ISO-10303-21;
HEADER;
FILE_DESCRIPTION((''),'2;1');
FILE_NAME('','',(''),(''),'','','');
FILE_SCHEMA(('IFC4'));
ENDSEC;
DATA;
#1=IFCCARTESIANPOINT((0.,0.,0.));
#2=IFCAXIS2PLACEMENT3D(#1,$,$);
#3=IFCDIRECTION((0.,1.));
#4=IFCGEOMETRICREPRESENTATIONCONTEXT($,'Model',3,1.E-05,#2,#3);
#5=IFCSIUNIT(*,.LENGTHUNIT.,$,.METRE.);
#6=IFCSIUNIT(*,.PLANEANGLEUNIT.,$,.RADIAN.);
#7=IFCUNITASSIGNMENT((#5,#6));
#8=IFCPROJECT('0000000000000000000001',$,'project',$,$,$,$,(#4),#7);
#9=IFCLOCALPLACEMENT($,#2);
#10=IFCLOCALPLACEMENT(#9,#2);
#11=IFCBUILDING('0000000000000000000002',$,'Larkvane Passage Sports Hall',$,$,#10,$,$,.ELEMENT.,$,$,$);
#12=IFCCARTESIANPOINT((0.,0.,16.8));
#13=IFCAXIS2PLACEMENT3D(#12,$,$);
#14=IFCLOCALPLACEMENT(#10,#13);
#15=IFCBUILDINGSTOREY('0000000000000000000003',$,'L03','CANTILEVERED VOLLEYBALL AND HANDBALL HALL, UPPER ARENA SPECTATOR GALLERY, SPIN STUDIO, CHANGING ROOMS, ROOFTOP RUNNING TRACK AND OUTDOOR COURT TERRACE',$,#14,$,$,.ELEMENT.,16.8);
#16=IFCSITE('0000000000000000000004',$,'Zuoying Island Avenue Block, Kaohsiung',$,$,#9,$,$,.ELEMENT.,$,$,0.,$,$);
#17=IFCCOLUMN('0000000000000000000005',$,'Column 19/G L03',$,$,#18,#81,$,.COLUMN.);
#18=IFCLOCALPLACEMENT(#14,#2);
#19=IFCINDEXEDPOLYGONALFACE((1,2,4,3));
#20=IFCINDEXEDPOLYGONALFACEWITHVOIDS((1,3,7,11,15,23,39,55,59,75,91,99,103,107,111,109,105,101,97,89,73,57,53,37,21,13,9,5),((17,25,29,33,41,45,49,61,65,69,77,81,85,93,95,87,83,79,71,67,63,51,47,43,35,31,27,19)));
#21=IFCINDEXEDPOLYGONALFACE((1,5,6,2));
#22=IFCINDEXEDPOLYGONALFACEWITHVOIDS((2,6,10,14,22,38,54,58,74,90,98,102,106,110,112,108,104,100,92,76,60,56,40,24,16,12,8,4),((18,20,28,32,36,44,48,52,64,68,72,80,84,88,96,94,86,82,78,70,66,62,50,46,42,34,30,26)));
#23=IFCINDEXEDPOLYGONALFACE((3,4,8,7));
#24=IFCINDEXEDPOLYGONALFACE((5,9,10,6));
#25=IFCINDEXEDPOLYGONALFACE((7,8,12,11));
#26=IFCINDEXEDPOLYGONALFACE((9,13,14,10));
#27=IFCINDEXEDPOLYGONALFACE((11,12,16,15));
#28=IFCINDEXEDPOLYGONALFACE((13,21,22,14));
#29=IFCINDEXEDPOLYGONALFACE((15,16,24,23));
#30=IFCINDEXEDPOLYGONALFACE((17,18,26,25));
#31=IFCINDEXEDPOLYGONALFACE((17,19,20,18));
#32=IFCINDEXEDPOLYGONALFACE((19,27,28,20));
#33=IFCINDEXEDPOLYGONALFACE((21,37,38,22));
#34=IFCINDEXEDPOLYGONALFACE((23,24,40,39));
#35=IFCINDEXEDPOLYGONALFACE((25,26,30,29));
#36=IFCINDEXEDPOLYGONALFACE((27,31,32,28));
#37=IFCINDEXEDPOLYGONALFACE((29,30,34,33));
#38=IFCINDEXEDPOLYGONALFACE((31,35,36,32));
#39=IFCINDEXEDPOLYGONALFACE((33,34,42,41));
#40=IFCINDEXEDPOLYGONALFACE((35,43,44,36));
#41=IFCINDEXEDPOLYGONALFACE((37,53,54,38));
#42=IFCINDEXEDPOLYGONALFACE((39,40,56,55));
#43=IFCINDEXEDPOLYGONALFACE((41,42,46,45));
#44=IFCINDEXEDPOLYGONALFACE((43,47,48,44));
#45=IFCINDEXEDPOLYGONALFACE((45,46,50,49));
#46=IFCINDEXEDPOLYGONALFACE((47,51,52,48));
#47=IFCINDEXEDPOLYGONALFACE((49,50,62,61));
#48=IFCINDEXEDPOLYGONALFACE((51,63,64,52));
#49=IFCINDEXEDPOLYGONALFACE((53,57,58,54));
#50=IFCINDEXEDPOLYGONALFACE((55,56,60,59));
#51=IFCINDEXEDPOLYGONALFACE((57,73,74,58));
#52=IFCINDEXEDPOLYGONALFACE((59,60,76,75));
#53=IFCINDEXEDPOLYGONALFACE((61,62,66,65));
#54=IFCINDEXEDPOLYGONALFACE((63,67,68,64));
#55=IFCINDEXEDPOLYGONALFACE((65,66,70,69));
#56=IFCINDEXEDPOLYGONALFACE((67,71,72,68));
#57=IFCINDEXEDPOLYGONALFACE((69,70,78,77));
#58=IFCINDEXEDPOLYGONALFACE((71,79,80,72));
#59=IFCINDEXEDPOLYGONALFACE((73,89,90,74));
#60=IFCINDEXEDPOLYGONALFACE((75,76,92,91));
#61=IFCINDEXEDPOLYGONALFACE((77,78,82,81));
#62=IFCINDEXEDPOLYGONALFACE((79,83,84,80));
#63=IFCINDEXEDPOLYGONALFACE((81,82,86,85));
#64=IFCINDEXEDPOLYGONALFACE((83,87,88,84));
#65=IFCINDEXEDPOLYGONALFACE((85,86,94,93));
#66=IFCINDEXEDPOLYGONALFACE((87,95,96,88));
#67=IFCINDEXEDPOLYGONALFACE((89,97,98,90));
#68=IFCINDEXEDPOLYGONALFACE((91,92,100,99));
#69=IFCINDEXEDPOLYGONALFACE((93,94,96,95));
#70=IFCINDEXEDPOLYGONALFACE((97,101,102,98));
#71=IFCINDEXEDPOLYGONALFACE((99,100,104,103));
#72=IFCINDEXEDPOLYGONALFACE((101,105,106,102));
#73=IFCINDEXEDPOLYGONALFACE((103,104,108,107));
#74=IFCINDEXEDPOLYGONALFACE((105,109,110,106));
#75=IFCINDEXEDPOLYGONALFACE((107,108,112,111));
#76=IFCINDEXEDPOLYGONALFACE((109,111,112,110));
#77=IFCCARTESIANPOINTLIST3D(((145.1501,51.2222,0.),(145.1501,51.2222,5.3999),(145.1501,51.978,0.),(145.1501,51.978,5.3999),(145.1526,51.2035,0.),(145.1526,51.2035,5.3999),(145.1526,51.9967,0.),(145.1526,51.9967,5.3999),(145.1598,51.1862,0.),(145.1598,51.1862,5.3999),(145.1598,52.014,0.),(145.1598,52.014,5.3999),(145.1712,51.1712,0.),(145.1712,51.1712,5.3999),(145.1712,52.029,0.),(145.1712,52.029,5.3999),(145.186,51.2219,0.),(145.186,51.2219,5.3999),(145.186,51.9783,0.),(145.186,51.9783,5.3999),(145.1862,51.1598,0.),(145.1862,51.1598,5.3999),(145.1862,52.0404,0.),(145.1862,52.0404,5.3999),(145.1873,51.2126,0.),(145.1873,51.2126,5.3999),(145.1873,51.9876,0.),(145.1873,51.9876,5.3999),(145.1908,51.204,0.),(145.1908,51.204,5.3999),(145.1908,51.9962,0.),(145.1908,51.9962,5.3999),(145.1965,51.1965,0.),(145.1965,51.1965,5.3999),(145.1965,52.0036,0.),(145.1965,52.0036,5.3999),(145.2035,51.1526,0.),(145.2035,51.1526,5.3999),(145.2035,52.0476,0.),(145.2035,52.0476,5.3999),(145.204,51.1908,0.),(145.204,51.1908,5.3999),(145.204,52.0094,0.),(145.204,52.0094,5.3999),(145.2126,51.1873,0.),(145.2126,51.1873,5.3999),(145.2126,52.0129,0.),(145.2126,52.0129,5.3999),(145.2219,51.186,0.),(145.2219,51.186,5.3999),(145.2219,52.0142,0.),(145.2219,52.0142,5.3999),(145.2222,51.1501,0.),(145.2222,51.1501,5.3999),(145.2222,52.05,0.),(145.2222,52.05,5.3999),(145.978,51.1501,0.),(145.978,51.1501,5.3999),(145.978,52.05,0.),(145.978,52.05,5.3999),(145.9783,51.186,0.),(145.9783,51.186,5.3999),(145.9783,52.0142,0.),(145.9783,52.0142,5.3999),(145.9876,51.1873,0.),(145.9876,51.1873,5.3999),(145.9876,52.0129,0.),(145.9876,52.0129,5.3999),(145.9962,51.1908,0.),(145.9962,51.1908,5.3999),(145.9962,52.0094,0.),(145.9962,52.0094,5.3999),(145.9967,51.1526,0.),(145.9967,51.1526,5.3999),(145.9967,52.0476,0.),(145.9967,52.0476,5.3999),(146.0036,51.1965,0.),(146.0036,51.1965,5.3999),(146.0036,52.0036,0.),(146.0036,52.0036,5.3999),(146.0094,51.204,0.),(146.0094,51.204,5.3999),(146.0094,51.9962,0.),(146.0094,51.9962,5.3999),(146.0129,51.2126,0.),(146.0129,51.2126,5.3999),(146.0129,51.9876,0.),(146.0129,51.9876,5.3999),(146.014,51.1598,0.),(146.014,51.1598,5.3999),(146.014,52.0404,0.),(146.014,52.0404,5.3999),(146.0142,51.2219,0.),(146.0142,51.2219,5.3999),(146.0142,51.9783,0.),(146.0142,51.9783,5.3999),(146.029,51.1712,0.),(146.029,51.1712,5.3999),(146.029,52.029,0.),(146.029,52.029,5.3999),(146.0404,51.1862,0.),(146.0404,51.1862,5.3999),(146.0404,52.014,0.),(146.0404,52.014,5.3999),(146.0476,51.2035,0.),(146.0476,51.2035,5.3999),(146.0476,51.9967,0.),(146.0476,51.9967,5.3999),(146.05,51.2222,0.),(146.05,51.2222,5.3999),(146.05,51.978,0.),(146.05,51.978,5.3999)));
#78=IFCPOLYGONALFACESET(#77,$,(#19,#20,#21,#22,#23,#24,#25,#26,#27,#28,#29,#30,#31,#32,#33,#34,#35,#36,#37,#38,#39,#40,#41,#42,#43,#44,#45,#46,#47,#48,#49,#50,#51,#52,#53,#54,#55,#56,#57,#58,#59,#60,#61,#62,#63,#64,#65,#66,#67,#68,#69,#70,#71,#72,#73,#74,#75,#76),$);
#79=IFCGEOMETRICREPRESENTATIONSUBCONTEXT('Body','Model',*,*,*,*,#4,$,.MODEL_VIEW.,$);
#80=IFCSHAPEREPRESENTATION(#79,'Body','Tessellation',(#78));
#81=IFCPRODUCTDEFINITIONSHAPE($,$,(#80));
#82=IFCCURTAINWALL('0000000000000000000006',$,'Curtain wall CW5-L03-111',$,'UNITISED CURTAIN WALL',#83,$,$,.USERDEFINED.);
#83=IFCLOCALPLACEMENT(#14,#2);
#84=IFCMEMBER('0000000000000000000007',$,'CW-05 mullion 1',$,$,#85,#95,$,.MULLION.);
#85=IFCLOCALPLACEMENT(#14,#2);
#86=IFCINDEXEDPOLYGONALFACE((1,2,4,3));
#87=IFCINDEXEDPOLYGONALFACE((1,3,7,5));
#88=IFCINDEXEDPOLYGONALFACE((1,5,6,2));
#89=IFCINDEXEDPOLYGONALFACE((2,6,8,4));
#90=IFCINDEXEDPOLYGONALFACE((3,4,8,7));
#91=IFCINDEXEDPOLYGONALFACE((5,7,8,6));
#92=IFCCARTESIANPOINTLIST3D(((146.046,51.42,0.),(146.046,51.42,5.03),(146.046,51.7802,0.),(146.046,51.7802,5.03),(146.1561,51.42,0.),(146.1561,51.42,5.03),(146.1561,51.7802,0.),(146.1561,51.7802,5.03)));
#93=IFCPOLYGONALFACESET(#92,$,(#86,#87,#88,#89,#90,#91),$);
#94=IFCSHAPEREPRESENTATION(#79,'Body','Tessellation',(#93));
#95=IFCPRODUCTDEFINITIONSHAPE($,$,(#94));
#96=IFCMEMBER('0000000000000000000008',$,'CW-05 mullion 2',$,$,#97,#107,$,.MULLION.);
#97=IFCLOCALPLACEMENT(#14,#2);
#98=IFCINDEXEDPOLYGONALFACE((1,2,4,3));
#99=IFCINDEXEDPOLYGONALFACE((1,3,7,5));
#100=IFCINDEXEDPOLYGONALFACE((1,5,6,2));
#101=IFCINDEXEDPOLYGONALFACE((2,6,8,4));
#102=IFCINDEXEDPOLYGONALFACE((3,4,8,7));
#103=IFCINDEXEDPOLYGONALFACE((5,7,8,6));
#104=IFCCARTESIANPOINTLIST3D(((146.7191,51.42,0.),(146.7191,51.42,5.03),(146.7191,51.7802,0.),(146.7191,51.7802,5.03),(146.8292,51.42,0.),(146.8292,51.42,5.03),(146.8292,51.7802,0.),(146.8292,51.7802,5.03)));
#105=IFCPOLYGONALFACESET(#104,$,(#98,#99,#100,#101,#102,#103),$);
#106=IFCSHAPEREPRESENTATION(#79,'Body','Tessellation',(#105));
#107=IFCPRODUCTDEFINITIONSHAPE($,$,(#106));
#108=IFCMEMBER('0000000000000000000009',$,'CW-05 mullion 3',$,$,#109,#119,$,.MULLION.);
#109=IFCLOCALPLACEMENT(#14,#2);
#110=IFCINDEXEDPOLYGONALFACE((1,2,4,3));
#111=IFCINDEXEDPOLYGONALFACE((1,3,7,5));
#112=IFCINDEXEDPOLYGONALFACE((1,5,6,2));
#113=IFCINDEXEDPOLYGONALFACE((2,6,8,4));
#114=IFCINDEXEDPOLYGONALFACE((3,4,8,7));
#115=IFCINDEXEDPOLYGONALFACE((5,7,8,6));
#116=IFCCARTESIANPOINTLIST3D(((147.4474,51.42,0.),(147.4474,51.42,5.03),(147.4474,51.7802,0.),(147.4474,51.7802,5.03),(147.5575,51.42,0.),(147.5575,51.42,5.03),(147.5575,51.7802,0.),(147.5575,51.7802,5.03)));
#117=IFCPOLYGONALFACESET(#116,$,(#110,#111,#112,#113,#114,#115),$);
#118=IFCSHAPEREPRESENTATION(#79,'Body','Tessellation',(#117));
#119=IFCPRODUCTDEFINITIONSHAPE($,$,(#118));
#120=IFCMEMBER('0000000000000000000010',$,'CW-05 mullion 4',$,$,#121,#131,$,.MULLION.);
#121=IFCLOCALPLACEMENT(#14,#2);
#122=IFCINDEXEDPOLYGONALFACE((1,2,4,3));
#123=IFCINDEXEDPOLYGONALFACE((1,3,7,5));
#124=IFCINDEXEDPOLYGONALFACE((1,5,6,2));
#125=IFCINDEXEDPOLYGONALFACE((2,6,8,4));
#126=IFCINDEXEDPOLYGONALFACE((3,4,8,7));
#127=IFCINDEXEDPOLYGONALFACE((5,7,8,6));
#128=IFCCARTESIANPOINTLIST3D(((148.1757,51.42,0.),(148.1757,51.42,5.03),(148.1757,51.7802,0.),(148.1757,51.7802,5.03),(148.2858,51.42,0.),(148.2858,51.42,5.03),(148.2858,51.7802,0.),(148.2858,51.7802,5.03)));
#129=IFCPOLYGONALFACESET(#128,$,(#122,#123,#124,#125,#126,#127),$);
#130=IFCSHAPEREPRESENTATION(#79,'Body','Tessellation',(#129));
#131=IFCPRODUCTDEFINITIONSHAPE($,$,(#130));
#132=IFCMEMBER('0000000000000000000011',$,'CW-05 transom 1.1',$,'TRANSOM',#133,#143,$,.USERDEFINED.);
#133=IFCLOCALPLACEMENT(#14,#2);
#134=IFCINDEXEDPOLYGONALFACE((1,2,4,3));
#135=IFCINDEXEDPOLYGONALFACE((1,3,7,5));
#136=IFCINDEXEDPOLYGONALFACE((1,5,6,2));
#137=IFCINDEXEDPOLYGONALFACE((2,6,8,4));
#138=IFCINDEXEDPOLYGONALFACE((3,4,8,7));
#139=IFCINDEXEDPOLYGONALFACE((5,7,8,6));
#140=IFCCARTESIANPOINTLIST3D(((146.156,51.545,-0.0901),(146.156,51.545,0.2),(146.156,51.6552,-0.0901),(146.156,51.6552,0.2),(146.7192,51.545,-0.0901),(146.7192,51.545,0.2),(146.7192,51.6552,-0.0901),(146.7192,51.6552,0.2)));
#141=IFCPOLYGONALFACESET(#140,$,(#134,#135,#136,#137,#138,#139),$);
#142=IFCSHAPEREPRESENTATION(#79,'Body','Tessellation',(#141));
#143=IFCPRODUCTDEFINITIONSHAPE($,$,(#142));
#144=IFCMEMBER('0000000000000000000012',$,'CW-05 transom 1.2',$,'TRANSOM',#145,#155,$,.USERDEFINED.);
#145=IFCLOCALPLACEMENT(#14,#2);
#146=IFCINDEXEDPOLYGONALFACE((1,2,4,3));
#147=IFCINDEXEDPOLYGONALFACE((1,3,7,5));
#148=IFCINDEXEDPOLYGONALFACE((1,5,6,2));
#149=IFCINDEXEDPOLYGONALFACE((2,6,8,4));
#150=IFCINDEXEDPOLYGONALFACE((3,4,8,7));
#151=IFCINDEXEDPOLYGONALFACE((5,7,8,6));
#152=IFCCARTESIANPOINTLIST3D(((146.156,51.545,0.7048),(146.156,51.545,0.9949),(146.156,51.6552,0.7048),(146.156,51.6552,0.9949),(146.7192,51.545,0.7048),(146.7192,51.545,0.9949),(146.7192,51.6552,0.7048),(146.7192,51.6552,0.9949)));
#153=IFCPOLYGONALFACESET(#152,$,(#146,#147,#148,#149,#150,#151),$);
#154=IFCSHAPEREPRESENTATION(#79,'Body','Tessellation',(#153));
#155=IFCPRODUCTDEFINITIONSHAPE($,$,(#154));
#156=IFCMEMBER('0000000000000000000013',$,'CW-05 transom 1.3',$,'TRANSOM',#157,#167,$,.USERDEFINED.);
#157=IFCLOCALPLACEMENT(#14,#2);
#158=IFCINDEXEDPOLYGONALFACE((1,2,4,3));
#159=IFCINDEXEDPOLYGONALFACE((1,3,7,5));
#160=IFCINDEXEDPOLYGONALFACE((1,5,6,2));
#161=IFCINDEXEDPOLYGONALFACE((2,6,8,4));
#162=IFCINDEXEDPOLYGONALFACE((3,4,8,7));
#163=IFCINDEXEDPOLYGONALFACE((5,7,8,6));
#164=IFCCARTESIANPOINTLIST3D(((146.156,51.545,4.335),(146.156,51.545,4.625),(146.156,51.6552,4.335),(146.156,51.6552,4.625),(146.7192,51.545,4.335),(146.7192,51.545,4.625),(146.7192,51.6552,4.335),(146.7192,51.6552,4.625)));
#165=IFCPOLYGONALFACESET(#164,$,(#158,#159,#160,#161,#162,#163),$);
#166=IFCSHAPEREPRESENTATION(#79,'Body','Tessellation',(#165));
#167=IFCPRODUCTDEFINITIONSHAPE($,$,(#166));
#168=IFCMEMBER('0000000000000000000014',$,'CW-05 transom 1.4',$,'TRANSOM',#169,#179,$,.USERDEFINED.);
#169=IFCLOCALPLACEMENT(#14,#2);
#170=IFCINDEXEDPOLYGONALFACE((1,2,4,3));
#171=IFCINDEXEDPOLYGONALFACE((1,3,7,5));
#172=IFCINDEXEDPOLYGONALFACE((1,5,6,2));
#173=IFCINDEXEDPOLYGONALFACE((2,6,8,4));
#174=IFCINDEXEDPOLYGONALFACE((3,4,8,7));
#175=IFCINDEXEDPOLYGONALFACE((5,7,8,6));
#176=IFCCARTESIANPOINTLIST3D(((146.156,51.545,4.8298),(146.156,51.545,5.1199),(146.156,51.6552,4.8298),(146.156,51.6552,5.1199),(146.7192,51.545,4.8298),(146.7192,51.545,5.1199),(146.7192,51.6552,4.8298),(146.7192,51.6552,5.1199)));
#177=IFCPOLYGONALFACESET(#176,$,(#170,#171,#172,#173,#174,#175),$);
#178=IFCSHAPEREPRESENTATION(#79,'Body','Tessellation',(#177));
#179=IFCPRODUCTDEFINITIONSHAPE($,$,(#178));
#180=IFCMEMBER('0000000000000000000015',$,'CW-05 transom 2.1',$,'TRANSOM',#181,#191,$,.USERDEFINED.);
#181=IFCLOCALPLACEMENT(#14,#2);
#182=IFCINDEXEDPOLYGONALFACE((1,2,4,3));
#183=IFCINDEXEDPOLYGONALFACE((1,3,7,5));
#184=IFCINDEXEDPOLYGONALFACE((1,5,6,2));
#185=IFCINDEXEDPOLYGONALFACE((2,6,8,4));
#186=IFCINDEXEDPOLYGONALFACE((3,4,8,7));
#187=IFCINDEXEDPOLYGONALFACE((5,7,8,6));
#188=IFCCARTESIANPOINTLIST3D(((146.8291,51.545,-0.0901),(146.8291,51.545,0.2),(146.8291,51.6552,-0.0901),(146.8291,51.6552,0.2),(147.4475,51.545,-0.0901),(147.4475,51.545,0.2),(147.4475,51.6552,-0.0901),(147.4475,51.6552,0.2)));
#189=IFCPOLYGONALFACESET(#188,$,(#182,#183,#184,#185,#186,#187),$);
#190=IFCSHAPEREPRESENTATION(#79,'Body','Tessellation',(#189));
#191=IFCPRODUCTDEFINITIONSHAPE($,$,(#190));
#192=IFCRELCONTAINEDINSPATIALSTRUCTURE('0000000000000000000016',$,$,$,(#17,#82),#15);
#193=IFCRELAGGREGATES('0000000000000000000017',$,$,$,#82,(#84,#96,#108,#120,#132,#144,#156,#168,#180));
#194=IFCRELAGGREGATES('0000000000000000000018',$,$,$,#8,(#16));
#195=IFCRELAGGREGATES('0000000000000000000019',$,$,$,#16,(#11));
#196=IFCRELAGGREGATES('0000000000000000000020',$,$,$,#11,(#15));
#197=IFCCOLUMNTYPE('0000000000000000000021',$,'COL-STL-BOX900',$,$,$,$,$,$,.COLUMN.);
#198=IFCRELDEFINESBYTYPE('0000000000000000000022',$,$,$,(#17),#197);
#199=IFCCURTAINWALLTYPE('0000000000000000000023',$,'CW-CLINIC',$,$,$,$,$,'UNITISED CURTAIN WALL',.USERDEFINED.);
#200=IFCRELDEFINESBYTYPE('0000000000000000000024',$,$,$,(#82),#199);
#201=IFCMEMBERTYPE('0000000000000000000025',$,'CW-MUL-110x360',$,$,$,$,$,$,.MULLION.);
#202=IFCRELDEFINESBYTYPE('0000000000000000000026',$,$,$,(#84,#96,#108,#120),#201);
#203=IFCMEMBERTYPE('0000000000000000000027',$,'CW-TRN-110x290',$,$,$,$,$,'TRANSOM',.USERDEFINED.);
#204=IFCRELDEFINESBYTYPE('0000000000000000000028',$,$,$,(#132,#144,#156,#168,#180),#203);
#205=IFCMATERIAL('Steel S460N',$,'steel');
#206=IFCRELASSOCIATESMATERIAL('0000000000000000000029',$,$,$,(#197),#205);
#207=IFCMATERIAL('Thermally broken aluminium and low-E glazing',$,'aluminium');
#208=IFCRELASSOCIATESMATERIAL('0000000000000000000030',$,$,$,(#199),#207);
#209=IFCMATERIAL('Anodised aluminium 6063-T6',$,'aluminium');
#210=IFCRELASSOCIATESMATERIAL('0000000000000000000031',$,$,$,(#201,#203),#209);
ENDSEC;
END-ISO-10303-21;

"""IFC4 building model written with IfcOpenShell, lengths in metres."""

from ifc_helpers import new_model, si_unit, direction, frame, origin, origin_2d, place, context, subcontext, project, spatial, rectangle, hollow_rectangle, extrude, material, material_profile, profile_set, type_object, element, aggregate, save


model = new_model("IFC4")

# Units and contexts
model_context = context("Model", 3, precision=1e-05, world=origin(), true_north=direction((0.0, 1.0)))
body_context = subcontext(model_context, "Body", "Model", "MODEL_VIEW")
ifc_project = project(units=[si_unit("LENGTHUNIT", "METRE"), si_unit("PLANEANGLEUNIT", "RADIAN")], contexts=[model_context])

# Site, building, storey
site_placement = place(None, origin())
site = spatial("IfcSite", under=ifc_project, at=site_placement, Name="Zuoying Island Avenue Block, Kaohsiung", CompositionType="ELEMENT", RefElevation=0.0)
building_placement = place(site_placement, origin())
building = spatial("IfcBuilding", under=site, at=building_placement, Name="Larkvane Passage Sports Hall", CompositionType="ELEMENT")
storey_placement = place(building_placement, frame((0.0, 0.0, 16.8)))
storey = spatial("IfcBuildingStorey", under=building, at=storey_placement, Name="L03", Description="CANTILEVERED VOLLEYBALL AND HANDBALL HALL, UPPER ARENA SPECTATOR GALLERY, SPIN STUDIO, CHANGING ROOMS, ROOFTOP RUNNING TRACK AND OUTDOOR COURT TERRACE", CompositionType="ELEMENT", Elevation=16.8)

# Column
ifc_material_1 = material(Name="Steel S460N", Category="steel")
ifc_material_profile_1 = material_profile(ifc_material_1, hollow_rectangle(XDim=0.8999, YDim=0.8999, WallThickness=0.0359, InnerFilletRadius=0.0359, OuterFilletRadius=0.072, at=origin_2d()), Name="BOX-900x900x36")
ifc_profile_set_1 = profile_set([ifc_material_profile_1], Name="Steel S460N")
column_type = type_object("IfcColumnType", Name="COL-STL-BOX900", PredefinedType="COLUMN", material=ifc_profile_set_1)
column_placement = place(storey_placement, frame((145.6001, 51.6001, 0.0), z_axis=(0.0, 0.0, 1.0), x_axis=(1.0, 0.0, 0.0)))
element("IfcColumn", 1, at=column_placement, inside=storey, type_object=column_type, Name="Column 19/G L03", PredefinedType="COLUMN", context=body_context, shape_type="SweptSolid", body=[
    extrude(hollow_rectangle(XDim=0.8999, YDim=0.8999, WallThickness=0.0359, InnerFilletRadius=0.0359, OuterFilletRadius=0.072, at=origin_2d()), origin(), (0.0, 0.0, 1.0), 5.3999),
])

# Curtain wall, members
ifc_material_2 = material(Name="Thermally broken aluminium and low-E glazing", Category="aluminium")
curtain_wall_type = type_object("IfcCurtainWallType", Name="CW-CLINIC", ElementType="UNITISED CURTAIN WALL", PredefinedType="USERDEFINED", material=ifc_material_2)
curtain_wall_placement = place(storey_placement, origin())
curtain_wall = element("IfcCurtainWall", 2, at=curtain_wall_placement, inside=storey, type_object=curtain_wall_type, Name="Curtain wall CW5-L03-111", ObjectType="UNITISED CURTAIN WALL", PredefinedType="USERDEFINED")
ifc_material_3 = material(Name="Anodised aluminium 6063-T6", Category="aluminium")
ifc_material_profile_2 = material_profile(ifc_material_3, rectangle(XDim=0.1101, YDim=0.3601, at=origin_2d()), Name="ALU-MUL-110x360")
ifc_profile_set_2 = profile_set([ifc_material_profile_2], Name="Anodised aluminium 6063-T6")
member_type_1 = type_object("IfcMemberType", Name="CW-MUL-110x360", PredefinedType="MULLION", material=ifc_profile_set_2)
member_1_placement = place(storey_placement, frame((146.1011, 51.6001, 0.0), z_axis=(0.0, 0.0, 1.0), x_axis=(1.0, 0.0, 0.0)))
member_1 = element("IfcMember", 3, at=member_1_placement, type_object=member_type_1, Name="CW-05 mullion 1", PredefinedType="MULLION", context=body_context, shape_type="SweptSolid", body=[
    extrude(rectangle(XDim=0.1101, YDim=0.3601, at=origin_2d()), origin(), (0.0, 0.0, 1.0), 5.03),
])
member_2_placement = place(storey_placement, frame((146.7742, 51.6001, 0.0), z_axis=(0.0, 0.0, 1.0), x_axis=(1.0, 0.0, 0.0)))
member_2 = element("IfcMember", 4, at=member_2_placement, type_object=member_type_1, Name="CW-05 mullion 2", PredefinedType="MULLION", context=body_context, shape_type="SweptSolid", body=[
    extrude(rectangle(XDim=0.1101, YDim=0.3601, at=origin_2d()), origin(), (0.0, 0.0, 1.0), 5.03),
])
member_3_placement = place(storey_placement, frame((147.5024, 51.6001, 0.0), z_axis=(0.0, 0.0, 1.0), x_axis=(1.0, 0.0, 0.0)))
member_3 = element("IfcMember", 5, at=member_3_placement, type_object=member_type_1, Name="CW-05 mullion 3", PredefinedType="MULLION", context=body_context, shape_type="SweptSolid", body=[
    extrude(rectangle(XDim=0.1101, YDim=0.3601, at=origin_2d()), origin(), (0.0, 0.0, 1.0), 5.03),
])
member_4_placement = place(storey_placement, frame((148.2307, 51.6001, 0.0), z_axis=(0.0, 0.0, 1.0), x_axis=(1.0, 0.0, 0.0)))
member_4 = element("IfcMember", 6, at=member_4_placement, type_object=member_type_1, Name="CW-05 mullion 4", PredefinedType="MULLION", context=body_context, shape_type="SweptSolid", body=[
    extrude(rectangle(XDim=0.1101, YDim=0.3601, at=origin_2d()), origin(), (0.0, 0.0, 1.0), 5.03),
])
ifc_material_profile_3 = material_profile(ifc_material_3, rectangle(XDim=0.1101, YDim=0.29, at=origin_2d()), Name="ALU-TRN-110x290")
ifc_profile_set_3 = profile_set([ifc_material_profile_3], Name="Anodised aluminium 6063-T6")
member_type_2 = type_object("IfcMemberType", Name="CW-TRN-110x290", ElementType="TRANSOM", PredefinedType="USERDEFINED", material=ifc_profile_set_3)
member_5_placement = place(storey_placement, frame((146.156, 51.6001, 0.0549), z_axis=(1.0, 0.0, 0.0), x_axis=(0.0, 1.0, 0.0)))
member_5 = element("IfcMember", 7, at=member_5_placement, type_object=member_type_2, Name="CW-05 transom 1.1", ObjectType="TRANSOM", PredefinedType="USERDEFINED", context=body_context, shape_type="SweptSolid", body=[
    extrude(rectangle(XDim=0.1101, YDim=0.29, at=origin_2d()), origin(), (0.0, 0.0, 1.0), 0.5632),
])
member_6_placement = place(storey_placement, frame((146.156, 51.6001, 0.8499), z_axis=(1.0, 0.0, 0.0), x_axis=(0.0, 1.0, 0.0)))
member_6 = element("IfcMember", 8, at=member_6_placement, type_object=member_type_2, Name="CW-05 transom 1.2", ObjectType="TRANSOM", PredefinedType="USERDEFINED", context=body_context, shape_type="SweptSolid", body=[
    extrude(rectangle(XDim=0.1101, YDim=0.29, at=origin_2d()), origin(), (0.0, 0.0, 1.0), 0.5632),
])
member_7_placement = place(storey_placement, frame((146.156, 51.6001, 4.48), z_axis=(1.0, 0.0, 0.0), x_axis=(0.0, 1.0, 0.0)))
member_7 = element("IfcMember", 9, at=member_7_placement, type_object=member_type_2, Name="CW-05 transom 1.3", ObjectType="TRANSOM", PredefinedType="USERDEFINED", context=body_context, shape_type="SweptSolid", body=[
    extrude(rectangle(XDim=0.1101, YDim=0.29, at=origin_2d()), origin(), (0.0, 0.0, 1.0), 0.5632),
])
member_8_placement = place(storey_placement, frame((146.156, 51.6001, 4.9749), z_axis=(1.0, 0.0, 0.0), x_axis=(0.0, 1.0, 0.0)))
member_8 = element("IfcMember", 10, at=member_8_placement, type_object=member_type_2, Name="CW-05 transom 1.4", ObjectType="TRANSOM", PredefinedType="USERDEFINED", context=body_context, shape_type="SweptSolid", body=[
    extrude(rectangle(XDim=0.1101, YDim=0.29, at=origin_2d()), origin(), (0.0, 0.0, 1.0), 0.5632),
])
member_9_placement = place(storey_placement, frame((146.8291, 51.6001, 0.0549), z_axis=(1.0, 0.0, 0.0), x_axis=(0.0, 1.0, 0.0)))
member_9 = element("IfcMember", 11, at=member_9_placement, type_object=member_type_2, Name="CW-05 transom 2.1", ObjectType="TRANSOM", PredefinedType="USERDEFINED", context=body_context, shape_type="SweptSolid", body=[
    extrude(rectangle(XDim=0.1101, YDim=0.29, at=origin_2d()), origin(), (0.0, 0.0, 1.0), 0.6184),
])
aggregate(curtain_wall, [member_1, member_2, member_3, member_4, member_5, member_6, member_7, member_8, member_9])

save(model, "model.ifc")
